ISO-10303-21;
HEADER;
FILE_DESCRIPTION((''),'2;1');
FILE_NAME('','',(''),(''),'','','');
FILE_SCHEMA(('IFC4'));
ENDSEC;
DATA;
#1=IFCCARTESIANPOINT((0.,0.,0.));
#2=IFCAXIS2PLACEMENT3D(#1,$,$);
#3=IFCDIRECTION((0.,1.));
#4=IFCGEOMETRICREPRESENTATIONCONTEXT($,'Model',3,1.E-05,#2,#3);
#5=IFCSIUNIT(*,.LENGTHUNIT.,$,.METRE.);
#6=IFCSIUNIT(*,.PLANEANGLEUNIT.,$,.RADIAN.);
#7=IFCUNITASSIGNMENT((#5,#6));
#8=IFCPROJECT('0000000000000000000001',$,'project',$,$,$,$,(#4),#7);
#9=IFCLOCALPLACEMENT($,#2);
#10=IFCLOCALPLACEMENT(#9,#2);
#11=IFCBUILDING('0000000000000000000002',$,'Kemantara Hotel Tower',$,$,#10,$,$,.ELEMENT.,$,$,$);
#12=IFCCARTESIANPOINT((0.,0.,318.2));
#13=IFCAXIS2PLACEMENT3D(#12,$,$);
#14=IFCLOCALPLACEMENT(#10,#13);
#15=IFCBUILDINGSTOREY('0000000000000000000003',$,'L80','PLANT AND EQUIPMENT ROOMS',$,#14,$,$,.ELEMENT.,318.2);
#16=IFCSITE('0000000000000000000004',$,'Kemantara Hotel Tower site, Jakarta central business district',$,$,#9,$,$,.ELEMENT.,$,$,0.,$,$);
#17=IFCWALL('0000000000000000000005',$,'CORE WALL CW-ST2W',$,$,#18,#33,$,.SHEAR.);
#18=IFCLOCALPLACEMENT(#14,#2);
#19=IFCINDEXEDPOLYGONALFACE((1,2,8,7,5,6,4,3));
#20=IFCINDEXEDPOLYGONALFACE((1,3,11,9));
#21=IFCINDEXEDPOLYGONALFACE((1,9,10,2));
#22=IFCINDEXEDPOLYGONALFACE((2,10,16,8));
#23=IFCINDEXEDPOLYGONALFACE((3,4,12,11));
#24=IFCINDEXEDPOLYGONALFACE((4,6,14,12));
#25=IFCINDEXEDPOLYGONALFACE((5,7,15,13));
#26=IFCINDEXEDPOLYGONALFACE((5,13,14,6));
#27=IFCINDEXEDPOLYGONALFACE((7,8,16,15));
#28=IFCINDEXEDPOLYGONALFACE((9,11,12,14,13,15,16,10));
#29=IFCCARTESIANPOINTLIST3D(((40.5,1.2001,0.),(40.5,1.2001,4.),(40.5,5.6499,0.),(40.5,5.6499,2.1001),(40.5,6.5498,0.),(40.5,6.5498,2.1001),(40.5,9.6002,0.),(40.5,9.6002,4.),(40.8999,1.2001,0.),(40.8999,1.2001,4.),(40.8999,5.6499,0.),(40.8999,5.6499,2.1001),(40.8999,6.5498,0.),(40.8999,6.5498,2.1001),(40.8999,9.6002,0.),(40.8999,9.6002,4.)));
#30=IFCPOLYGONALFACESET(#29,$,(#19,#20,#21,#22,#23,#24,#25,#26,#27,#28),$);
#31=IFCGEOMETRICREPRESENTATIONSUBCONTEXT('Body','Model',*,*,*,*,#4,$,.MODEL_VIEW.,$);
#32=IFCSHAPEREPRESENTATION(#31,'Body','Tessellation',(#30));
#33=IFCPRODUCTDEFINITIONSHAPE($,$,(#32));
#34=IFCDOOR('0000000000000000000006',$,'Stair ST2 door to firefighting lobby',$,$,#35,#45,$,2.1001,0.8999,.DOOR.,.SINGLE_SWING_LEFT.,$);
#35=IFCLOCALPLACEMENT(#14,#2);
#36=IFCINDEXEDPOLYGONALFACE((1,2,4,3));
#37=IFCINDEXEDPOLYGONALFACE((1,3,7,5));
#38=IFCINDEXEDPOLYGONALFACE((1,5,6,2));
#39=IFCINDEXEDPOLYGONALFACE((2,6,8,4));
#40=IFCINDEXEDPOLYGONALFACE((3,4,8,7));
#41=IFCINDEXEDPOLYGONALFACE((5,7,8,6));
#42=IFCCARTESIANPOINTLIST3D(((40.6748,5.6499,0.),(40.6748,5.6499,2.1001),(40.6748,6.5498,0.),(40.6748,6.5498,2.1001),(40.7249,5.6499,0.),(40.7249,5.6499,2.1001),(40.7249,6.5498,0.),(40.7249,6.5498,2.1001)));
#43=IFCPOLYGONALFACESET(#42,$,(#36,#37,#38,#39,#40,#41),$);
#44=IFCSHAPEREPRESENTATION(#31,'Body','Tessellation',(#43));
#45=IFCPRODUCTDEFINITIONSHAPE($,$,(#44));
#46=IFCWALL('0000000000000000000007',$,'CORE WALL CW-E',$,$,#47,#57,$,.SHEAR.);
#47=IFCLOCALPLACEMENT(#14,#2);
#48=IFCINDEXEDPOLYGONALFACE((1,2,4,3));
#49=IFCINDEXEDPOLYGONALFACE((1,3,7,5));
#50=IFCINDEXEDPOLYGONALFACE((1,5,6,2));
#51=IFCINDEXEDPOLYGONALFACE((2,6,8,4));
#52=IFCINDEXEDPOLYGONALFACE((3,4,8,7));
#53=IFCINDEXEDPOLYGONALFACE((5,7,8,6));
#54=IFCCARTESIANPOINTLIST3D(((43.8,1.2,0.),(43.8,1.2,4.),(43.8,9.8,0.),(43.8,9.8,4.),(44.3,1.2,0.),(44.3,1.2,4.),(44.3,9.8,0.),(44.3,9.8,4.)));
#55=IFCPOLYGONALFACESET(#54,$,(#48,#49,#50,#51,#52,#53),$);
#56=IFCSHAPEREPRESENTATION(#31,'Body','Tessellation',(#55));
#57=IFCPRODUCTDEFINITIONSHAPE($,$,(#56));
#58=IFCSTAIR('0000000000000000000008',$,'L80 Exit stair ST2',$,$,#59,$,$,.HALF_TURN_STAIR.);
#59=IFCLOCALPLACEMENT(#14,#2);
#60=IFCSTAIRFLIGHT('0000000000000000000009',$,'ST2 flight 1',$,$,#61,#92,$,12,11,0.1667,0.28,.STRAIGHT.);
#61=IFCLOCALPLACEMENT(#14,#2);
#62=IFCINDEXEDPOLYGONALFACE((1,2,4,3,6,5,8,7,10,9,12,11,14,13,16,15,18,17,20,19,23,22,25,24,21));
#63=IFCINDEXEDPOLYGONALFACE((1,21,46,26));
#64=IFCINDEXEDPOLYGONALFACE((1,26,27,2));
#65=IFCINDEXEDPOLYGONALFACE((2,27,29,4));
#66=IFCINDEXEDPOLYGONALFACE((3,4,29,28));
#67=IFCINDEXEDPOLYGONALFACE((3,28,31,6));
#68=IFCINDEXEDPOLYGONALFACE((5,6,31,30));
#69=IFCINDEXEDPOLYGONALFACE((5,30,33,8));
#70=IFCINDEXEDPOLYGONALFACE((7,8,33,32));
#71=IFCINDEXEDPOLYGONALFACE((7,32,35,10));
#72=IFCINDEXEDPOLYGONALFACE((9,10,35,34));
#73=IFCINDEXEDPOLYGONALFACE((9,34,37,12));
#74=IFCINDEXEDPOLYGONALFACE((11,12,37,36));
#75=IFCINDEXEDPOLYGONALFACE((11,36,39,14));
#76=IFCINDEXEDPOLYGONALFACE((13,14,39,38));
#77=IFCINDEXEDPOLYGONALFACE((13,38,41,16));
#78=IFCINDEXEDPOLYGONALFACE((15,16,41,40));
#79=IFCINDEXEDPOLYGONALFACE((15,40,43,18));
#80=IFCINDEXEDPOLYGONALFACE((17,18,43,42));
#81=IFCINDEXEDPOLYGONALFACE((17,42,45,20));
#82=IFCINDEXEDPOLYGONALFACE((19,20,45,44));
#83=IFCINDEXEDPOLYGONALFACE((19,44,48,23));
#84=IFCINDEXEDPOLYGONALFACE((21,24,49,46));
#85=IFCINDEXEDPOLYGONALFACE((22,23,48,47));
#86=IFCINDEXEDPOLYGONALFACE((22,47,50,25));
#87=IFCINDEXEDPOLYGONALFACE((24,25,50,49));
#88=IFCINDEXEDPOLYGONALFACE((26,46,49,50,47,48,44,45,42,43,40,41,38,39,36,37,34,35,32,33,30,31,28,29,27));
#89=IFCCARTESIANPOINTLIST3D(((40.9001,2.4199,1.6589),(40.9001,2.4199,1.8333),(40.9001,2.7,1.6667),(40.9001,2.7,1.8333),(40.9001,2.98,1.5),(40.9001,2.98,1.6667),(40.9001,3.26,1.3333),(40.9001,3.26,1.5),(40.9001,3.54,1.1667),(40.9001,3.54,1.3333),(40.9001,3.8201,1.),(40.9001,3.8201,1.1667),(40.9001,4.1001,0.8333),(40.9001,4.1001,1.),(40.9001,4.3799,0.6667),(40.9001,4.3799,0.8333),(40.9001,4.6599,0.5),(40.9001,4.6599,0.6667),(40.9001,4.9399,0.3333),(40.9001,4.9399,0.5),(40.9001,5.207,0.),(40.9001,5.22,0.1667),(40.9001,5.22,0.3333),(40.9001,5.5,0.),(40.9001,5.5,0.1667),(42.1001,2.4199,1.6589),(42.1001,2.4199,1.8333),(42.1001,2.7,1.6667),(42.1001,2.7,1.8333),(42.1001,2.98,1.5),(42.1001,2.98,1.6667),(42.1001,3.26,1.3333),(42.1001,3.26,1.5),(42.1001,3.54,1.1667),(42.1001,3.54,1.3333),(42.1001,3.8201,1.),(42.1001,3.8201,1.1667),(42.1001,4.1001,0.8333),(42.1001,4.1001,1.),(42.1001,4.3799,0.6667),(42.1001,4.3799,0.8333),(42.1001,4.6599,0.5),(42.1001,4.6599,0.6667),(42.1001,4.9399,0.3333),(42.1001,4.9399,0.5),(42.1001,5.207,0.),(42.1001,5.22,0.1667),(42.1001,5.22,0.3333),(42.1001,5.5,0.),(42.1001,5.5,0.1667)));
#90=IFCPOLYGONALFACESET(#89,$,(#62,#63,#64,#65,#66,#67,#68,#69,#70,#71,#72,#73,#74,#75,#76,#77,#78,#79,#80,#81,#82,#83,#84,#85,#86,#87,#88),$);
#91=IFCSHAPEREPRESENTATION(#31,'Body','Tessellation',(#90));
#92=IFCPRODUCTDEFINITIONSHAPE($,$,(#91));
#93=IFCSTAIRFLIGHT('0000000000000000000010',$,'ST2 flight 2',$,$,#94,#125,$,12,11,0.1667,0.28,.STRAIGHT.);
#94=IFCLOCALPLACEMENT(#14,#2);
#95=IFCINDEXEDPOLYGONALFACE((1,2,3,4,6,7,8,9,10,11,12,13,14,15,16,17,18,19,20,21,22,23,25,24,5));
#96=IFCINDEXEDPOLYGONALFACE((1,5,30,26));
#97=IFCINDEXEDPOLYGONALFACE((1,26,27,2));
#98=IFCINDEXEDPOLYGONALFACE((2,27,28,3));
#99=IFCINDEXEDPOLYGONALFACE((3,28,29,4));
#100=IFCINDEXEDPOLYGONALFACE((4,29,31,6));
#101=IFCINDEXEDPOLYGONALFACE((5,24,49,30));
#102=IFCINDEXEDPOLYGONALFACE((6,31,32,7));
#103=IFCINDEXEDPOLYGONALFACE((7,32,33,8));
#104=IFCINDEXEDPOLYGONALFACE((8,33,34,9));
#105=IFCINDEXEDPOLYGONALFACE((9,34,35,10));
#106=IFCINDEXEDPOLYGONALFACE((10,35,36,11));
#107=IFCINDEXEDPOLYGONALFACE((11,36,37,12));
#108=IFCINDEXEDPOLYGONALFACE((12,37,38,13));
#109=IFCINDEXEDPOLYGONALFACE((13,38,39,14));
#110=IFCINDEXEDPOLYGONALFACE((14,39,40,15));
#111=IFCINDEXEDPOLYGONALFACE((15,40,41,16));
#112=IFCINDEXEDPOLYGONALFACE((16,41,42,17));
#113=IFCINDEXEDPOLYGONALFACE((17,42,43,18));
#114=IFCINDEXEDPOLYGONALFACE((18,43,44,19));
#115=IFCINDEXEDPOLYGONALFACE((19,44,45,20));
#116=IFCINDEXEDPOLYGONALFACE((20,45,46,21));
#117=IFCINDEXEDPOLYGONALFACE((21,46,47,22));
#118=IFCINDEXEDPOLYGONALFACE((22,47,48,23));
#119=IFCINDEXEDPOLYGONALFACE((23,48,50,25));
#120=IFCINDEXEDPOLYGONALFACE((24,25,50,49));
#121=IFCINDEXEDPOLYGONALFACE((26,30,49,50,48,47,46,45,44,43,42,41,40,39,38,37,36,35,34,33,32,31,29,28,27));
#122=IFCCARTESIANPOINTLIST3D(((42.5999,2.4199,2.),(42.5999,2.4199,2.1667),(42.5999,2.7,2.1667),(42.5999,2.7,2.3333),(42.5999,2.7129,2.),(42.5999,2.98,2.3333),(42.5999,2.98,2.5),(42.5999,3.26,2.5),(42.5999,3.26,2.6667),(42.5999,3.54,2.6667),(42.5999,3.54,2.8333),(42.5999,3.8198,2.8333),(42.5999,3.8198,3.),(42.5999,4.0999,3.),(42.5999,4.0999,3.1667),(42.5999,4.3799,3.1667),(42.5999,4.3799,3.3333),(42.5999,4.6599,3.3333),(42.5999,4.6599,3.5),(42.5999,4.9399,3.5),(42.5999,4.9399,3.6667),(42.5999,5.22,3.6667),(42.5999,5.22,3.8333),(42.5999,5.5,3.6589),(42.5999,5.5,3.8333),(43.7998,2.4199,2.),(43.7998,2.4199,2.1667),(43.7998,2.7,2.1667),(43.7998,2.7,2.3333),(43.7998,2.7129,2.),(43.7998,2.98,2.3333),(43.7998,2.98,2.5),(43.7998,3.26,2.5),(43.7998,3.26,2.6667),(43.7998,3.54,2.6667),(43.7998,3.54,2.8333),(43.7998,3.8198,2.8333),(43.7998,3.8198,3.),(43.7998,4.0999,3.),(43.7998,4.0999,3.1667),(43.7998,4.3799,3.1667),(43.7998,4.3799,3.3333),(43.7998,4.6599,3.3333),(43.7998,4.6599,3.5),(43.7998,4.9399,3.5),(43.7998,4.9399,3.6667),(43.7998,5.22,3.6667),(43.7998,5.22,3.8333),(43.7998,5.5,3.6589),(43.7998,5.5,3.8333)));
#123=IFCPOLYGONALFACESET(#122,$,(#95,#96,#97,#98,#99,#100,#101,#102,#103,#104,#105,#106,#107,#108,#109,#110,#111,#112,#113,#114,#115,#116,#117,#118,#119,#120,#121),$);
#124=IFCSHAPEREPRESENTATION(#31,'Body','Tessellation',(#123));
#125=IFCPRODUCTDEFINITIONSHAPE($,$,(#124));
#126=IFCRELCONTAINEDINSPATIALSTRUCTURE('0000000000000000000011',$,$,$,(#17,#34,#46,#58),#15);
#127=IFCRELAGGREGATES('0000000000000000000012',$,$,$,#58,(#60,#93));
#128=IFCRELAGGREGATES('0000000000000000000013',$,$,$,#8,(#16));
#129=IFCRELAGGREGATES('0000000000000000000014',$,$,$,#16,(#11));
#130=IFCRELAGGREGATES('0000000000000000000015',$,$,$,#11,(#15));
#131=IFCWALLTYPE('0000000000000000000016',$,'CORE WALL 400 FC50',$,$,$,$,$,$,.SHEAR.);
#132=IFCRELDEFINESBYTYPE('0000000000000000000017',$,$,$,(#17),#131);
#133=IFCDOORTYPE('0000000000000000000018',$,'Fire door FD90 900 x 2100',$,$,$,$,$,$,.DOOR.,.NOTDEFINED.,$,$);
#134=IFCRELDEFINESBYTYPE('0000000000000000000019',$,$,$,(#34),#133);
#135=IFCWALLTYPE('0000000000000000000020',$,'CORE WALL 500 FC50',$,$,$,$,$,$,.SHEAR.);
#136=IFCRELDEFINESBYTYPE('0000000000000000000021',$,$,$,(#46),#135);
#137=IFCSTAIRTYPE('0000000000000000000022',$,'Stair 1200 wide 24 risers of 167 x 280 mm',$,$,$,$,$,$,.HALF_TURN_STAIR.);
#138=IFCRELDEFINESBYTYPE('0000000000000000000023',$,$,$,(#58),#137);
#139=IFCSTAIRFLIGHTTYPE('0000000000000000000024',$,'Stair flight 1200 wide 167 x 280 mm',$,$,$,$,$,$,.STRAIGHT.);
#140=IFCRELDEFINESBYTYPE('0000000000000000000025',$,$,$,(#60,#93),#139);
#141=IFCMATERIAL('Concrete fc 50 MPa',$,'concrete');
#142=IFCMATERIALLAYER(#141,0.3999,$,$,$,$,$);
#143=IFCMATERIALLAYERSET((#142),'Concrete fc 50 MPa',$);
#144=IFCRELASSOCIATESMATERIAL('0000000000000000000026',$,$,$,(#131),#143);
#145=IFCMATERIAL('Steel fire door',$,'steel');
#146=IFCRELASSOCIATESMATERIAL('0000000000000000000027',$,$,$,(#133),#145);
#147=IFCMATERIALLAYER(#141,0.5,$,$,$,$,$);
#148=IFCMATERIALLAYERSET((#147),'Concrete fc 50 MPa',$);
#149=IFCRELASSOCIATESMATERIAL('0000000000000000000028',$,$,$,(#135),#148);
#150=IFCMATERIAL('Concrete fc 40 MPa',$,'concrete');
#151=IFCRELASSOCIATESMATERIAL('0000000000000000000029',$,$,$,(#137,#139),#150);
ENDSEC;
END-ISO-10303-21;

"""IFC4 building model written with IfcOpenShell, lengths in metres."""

from ifc_helpers import new_model, si_unit, direction, frame, frame_2d, origin, place, context, subcontext, project, spatial, polyline, rectangle, outline, extrude, material, layer, layer_set, type_object, element, fill, aggregate, save


model = new_model("IFC4")

# Units and contexts
model_context = context("Model", 3, precision=1e-05, world=origin(), true_north=direction((0.0, 1.0)))
body_context = subcontext(model_context, "Body", "Model", "MODEL_VIEW")
ifc_project = project(units=[si_unit("LENGTHUNIT", "METRE"), si_unit("PLANEANGLEUNIT", "RADIAN")], contexts=[model_context])

# Site, building, storey
site_placement = place(None, origin())
site = spatial("IfcSite", under=ifc_project, at=site_placement, Name="Kemantara Hotel Tower site, Jakarta central business district", CompositionType="ELEMENT", RefElevation=0.0)
building_placement = place(site_placement, origin())
building = spatial("IfcBuilding", under=site, at=building_placement, Name="Kemantara Hotel Tower", CompositionType="ELEMENT")
storey_placement = place(building_placement, frame((0.0, 0.0, 318.2)))
storey = spatial("IfcBuildingStorey", under=building, at=storey_placement, Name="L80", Description="PLANT AND EQUIPMENT ROOMS", CompositionType="ELEMENT", Elevation=318.2)

# Shared definitions
ifc_material_1 = material(Name="Concrete fc 50 MPa", Category="concrete")

# Wall, opening, door
ifc_layer_1 = layer(ifc_material_1, 0.3999)
ifc_layer_set_1 = layer_set([ifc_layer_1], Name="Concrete fc 50 MPa")
wall_type_1 = type_object("IfcWallType", Name="CORE WALL 400 FC50", PredefinedType="SHEAR", material=ifc_layer_set_1)
ifc_material_2 = material(Name="Steel fire door", Category="steel")
wall_1_placement = place(storey_placement, frame((40.7, 1.2, 0.0), z_axis=(0.0, 0.0, 1.0), x_axis=(0.0, 1.0, 0.0)))
wall_1 = element("IfcWall", 1, at=wall_1_placement, inside=storey, type_object=wall_type_1, Name="CORE WALL CW-ST2W", PredefinedType="SHEAR", context=body_context, shape_type="SweptSolid", body=[
    extrude(rectangle(XDim=8.4001, YDim=0.3999, at=frame_2d((4.2002, 0.0))), origin(), (0.0, 0.0, 1.0), 4.0),
])
opening_1_placement = place(wall_1_placement, frame((4.45, 0.0, 0.0)))
opening_1 = element("IfcOpeningElement", 2, at=opening_1_placement, cuts=wall_1, PredefinedType="OPENING", context=body_context, shape_type="SweptSolid", body=[
    extrude(rectangle(XDim=0.8999, YDim=2.1001, at=frame_2d((0.45, 1.05))), frame((0.0, 0.21, 0.0), z_axis=(0.0, -1.0, 0.0), x_axis=(1.0, 0.0, 0.0)), (0.0, 0.0, 1.0), 0.4199),
])
door_type_1 = type_object("IfcDoorType", Name="Fire door FD90 900 x 2100", OperationType="NOTDEFINED", PredefinedType="DOOR", material=ifc_material_2)
door_1_placement = place(opening_1_placement, frame((0.8999, 0.0, 0.0), z_axis=(0.0, 0.0, 1.0), x_axis=(-1.0, 0.0, 0.0)))
door_1 = element("IfcDoor", 3, at=door_1_placement, inside=storey, type_object=door_type_1, Name="Stair ST2 door to firefighting lobby", OperationType="SINGLE_SWING_LEFT", OverallHeight=2.1001, OverallWidth=0.8999, PredefinedType="DOOR", context=body_context, shape_type="SweptSolid", body=[
    extrude(rectangle(XDim=0.8999, YDim=2.1001, at=frame_2d((0.45, 1.05))), frame((0.0, 0.0249, 0.0), z_axis=(0.0, -1.0, 0.0), x_axis=(1.0, 0.0, 0.0)), (0.0, 0.0, 1.0), 0.05),
])
fill(opening_1, door_1)

# Wall
ifc_layer_2 = layer(ifc_material_1, 0.5)
ifc_layer_set_2 = layer_set([ifc_layer_2], Name="Concrete fc 50 MPa")
wall_type_2 = type_object("IfcWallType", Name="CORE WALL 500 FC50", PredefinedType="SHEAR", material=ifc_layer_set_2)
wall_2_placement = place(storey_placement, frame((44.05, 1.2, 0.0), z_axis=(0.0, 0.0, 1.0), x_axis=(0.0, 1.0, 0.0)))
element("IfcWall", 4, at=wall_2_placement, inside=storey, type_object=wall_type_2, Name="CORE WALL CW-E", PredefinedType="SHEAR", context=body_context, shape_type="SweptSolid", body=[
    extrude(rectangle(XDim=8.6001, YDim=0.5, at=frame_2d((4.3, 0.0))), origin(), (0.0, 0.0, 1.0), 4.0),
])

# Stair, stair flights
ifc_material_3 = material(Name="Concrete fc 40 MPa", Category="concrete")
stair_type = type_object("IfcStairType", Name="Stair 1200 wide 24 risers of 167 x 280 mm", PredefinedType="HALF_TURN_STAIR", material=ifc_material_3)
stair_placement = place(storey_placement, origin())
stair = element("IfcStair", 5, at=stair_placement, inside=storey, type_object=stair_type, Name="L80 Exit stair ST2", PredefinedType="HALF_TURN_STAIR")
stair_flight_type = type_object("IfcStairFlightType", Name="Stair flight 1200 wide 167 x 280 mm", PredefinedType="STRAIGHT", material=ifc_material_3)
stair_flight_1_placement = place(storey_placement, frame((41.5, 5.5, 0.0), z_axis=(0.0, 0.0, 1.0), x_axis=(0.0, -1.0, 0.0)))
stair_flight_1 = element("IfcStairFlight", 6, at=stair_flight_1_placement, type_object=stair_flight_type, Name="ST2 flight 1", NumberOfRisers=12, NumberOfTreads=11, PredefinedType="STRAIGHT", RiserHeight=0.1667, TreadLength=0.28, context=body_context, shape_type="SweptSolid", body=[
    extrude(outline(polyline([(0.0, 0.0), (0.0, 0.1667), (0.28, 0.1667), (0.28, 0.3333), (0.5601, 0.3333), (0.5601, 0.5), (0.8401, 0.5), (0.8401, 0.6667), (1.1201, 0.6667), (1.1201, 0.8333), (1.3999, 0.8333), (1.3999, 1.0), (1.6799, 1.0), (1.6799, 1.1667), (1.96, 1.1667), (1.96, 1.3333), (2.24, 1.3333), (2.24, 1.5), (2.52, 1.5), (2.52, 1.6667), (2.8, 1.6667), (2.8, 1.8333), (3.0801, 1.8333), (3.0801, 2.0), (3.0801, 1.6589), (0.293, 0.0), (0.0, 0.0)])), frame((0.0, 0.6001, 0.0), z_axis=(0.0, -1.0, 0.0), x_axis=(1.0, 0.0, 0.0)), (0.0, 0.0, 1.0), 1.2),
])
stair_flight_2_placement = place(storey_placement, frame((43.2, 2.4199, 2.0), z_axis=(0.0, 0.0, 1.0), x_axis=(0.0, 1.0, 0.0)))
stair_flight_2 = element("IfcStairFlight", 7, at=stair_flight_2_placement, type_object=stair_flight_type, Name="ST2 flight 2", NumberOfRisers=12, NumberOfTreads=11, PredefinedType="STRAIGHT", RiserHeight=0.1667, TreadLength=0.28, context=body_context, shape_type="SweptSolid", body=[
    extrude(outline(polyline([(0.0, 0.0), (0.0, 0.1667), (0.28, 0.1667), (0.28, 0.3333), (0.5601, 0.3333), (0.5601, 0.5), (0.8401, 0.5), (0.8401, 0.6667), (1.1201, 0.6667), (1.1201, 0.8333), (1.3999, 0.8333), (1.3999, 1.0), (1.6799, 1.0), (1.6799, 1.1667), (1.96, 1.1667), (1.96, 1.3333), (2.24, 1.3333), (2.24, 1.5), (2.52, 1.5), (2.52, 1.6667), (2.8, 1.6667), (2.8, 1.8333), (3.0801, 1.8333), (3.0801, 2.0), (3.0801, 1.6589), (0.293, 0.0), (0.0, 0.0)])), frame((0.0, 0.6001, 0.0), z_axis=(0.0, -1.0, 0.0), x_axis=(1.0, 0.0, 0.0)), (0.0, 0.0, 1.0), 1.2),
])
aggregate(stair, [stair_flight_1, stair_flight_2])

save(model, "model.ifc")
